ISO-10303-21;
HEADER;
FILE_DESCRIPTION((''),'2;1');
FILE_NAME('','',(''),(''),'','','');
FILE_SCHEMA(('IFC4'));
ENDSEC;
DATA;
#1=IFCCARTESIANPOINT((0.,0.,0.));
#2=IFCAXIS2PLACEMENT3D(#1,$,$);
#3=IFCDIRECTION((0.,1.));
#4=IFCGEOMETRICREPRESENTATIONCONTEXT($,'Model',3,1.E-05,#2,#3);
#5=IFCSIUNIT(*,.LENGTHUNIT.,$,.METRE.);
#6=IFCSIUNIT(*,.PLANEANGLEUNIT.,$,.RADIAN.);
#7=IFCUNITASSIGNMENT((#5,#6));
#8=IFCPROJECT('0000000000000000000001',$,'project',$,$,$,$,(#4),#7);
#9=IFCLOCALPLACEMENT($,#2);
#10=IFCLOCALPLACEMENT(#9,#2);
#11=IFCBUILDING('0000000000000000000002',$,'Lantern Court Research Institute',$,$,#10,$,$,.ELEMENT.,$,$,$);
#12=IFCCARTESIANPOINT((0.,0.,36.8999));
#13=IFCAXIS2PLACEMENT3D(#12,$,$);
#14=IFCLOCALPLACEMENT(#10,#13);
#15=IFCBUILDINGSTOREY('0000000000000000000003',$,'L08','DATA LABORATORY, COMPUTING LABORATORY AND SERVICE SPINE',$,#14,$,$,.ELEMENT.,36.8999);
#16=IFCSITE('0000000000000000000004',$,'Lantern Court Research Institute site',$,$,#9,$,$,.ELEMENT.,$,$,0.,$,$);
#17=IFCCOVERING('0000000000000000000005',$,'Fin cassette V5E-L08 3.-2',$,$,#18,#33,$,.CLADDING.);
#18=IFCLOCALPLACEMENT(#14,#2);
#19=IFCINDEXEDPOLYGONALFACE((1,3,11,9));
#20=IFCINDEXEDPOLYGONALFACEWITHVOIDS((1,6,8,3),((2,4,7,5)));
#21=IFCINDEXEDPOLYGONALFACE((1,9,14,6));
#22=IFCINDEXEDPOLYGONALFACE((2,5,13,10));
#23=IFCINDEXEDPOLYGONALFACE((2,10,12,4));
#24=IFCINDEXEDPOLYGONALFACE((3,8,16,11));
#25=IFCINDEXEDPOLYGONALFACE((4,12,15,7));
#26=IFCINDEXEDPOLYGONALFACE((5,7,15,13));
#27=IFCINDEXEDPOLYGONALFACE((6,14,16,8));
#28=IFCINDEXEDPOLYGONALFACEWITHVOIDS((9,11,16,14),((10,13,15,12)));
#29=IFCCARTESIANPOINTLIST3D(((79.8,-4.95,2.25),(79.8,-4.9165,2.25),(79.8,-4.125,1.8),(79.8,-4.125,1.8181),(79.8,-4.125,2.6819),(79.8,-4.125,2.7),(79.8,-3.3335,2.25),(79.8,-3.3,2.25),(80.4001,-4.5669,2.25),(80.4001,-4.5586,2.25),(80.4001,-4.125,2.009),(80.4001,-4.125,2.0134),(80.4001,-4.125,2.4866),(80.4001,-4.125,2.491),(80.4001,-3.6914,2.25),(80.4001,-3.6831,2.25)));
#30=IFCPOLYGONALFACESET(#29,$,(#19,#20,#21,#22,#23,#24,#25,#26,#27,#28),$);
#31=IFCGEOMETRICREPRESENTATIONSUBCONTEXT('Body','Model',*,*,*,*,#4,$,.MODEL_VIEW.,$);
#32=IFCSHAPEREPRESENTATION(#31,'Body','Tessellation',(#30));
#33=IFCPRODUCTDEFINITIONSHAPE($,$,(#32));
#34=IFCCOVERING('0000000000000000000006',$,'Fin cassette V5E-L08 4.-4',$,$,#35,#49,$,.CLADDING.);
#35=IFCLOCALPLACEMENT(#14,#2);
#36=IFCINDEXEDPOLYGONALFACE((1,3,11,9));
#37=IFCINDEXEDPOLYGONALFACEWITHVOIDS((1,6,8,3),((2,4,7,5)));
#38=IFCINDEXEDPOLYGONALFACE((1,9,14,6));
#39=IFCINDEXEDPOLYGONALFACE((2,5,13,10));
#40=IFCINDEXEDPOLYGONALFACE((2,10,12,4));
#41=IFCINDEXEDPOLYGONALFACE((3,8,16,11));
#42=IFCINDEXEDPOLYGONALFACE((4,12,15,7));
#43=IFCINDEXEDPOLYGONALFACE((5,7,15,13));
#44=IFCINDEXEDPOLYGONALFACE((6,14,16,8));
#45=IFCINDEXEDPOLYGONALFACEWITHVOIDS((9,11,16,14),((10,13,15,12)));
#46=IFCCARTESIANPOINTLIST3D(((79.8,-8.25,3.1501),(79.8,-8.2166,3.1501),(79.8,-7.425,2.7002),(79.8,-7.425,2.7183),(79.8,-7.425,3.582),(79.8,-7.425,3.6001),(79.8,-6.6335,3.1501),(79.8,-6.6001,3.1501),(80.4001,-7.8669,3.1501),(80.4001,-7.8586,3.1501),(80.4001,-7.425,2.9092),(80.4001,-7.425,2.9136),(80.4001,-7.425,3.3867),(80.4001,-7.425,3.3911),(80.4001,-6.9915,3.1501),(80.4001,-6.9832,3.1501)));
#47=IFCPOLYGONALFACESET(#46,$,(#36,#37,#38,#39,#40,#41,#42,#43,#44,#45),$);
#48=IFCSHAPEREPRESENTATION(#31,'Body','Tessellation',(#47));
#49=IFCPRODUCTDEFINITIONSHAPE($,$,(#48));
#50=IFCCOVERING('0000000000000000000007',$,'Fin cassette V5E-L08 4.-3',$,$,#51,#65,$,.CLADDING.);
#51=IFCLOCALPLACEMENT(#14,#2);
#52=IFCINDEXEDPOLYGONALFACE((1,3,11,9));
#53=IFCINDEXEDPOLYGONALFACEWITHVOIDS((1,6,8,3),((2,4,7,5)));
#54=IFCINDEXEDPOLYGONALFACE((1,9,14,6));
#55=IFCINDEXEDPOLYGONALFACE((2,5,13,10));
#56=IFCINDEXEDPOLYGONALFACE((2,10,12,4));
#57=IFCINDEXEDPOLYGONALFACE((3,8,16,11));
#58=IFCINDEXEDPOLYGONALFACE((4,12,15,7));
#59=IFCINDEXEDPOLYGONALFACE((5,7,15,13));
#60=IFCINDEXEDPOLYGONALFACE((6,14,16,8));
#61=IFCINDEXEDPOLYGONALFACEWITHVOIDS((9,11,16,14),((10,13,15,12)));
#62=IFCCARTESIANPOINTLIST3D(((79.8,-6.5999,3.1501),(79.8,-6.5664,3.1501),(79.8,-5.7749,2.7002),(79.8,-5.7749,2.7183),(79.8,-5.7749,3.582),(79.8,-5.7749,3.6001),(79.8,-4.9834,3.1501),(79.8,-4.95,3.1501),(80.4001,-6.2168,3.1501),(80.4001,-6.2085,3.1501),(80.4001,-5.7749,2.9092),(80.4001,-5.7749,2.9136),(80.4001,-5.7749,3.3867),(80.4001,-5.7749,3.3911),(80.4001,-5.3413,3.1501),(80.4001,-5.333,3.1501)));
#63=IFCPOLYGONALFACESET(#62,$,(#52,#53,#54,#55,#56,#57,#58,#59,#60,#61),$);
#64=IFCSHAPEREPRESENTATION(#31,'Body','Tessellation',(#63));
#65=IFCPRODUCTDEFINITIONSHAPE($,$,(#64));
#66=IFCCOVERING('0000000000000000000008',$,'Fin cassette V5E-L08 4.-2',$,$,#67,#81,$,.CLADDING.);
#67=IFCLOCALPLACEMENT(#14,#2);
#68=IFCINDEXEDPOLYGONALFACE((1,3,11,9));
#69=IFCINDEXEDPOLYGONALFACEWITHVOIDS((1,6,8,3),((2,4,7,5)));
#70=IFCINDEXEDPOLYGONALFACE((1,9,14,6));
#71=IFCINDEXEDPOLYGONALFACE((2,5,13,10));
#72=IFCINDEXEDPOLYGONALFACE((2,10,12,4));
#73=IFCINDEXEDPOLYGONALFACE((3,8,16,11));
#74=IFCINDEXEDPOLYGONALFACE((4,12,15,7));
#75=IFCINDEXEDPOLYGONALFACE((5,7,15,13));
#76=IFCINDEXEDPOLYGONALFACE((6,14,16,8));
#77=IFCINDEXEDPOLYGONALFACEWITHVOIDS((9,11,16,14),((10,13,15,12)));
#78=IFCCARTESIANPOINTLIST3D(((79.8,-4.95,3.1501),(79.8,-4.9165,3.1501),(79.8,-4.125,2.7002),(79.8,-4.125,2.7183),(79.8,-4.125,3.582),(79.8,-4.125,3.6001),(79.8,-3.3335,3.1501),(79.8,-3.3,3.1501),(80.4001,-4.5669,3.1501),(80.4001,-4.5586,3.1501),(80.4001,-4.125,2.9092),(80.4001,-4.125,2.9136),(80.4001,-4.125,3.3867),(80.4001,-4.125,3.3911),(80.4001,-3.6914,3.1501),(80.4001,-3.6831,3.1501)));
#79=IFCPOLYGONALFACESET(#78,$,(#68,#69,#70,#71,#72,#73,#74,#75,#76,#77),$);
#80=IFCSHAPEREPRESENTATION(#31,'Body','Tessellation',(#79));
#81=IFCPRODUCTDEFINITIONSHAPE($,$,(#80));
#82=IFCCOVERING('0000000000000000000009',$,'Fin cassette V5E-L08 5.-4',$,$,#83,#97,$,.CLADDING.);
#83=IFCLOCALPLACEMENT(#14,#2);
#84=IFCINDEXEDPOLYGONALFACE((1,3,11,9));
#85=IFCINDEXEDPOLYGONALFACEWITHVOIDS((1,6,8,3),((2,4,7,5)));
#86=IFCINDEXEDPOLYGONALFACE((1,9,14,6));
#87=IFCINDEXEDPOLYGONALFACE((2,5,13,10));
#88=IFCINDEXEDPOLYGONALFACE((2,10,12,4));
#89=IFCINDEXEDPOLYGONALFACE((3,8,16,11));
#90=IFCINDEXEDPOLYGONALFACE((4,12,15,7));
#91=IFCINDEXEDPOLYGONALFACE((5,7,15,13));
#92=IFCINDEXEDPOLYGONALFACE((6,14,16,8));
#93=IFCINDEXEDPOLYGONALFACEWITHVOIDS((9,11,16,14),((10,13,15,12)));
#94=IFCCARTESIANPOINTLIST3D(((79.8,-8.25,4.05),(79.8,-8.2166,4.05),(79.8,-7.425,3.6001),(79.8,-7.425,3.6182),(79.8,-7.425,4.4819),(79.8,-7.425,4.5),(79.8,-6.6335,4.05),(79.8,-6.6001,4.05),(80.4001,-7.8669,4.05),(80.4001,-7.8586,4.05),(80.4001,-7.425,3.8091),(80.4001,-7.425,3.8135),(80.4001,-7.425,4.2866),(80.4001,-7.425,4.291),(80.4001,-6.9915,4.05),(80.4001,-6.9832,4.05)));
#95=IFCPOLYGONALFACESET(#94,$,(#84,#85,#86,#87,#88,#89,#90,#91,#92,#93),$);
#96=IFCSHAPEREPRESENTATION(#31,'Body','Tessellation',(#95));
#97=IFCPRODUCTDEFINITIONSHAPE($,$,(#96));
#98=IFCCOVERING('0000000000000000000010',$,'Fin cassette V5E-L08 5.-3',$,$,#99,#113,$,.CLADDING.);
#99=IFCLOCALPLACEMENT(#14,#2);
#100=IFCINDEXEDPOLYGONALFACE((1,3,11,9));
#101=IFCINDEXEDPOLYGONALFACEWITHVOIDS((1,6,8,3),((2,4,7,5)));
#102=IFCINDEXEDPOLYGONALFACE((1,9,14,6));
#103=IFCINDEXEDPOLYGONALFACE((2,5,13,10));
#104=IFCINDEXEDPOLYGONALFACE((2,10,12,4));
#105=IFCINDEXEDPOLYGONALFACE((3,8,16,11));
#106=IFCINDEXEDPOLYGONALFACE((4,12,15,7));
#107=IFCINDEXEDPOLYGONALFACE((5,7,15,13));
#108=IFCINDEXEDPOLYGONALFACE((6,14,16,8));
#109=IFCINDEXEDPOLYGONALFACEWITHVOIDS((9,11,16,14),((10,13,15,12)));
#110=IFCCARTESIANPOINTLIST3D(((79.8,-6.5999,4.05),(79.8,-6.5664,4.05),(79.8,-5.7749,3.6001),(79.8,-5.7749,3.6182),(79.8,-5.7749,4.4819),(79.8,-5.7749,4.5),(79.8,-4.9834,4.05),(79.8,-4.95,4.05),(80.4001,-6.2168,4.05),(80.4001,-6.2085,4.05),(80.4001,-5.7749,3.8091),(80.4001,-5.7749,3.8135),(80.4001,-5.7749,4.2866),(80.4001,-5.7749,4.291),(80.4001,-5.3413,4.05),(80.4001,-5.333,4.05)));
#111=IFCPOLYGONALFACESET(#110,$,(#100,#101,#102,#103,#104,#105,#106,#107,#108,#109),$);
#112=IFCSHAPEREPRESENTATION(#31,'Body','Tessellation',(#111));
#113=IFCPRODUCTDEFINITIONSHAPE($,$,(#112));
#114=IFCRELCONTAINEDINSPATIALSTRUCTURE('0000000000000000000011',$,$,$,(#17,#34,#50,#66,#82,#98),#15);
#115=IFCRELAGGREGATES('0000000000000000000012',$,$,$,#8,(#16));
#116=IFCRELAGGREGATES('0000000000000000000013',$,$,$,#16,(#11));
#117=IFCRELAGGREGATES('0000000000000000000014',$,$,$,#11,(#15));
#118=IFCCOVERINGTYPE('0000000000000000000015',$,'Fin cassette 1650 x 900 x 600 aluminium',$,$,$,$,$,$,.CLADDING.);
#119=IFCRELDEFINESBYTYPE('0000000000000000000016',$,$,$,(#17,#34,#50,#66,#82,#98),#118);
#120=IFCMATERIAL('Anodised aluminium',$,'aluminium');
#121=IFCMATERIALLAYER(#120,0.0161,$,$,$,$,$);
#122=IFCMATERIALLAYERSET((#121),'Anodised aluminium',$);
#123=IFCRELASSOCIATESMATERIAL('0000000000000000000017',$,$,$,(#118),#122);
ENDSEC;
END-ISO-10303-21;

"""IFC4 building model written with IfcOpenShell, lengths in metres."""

from ifc_helpers import new_model, entity, si_unit, direction, frame, origin, place, context, subcontext, project, spatial, material, layer, layer_set, type_object, element, save


model = new_model("IFC4")

# Units and contexts
model_context = context("Model", 3, precision=1e-05, world=origin(), true_north=direction((0.0, 1.0)))
body_context = subcontext(model_context, "Body", "Model", "MODEL_VIEW")
ifc_project = project(units=[si_unit("LENGTHUNIT", "METRE"), si_unit("PLANEANGLEUNIT", "RADIAN")], contexts=[model_context])

# Site, building, storey
site_placement = place(None, origin())
site = spatial("IfcSite", under=ifc_project, at=site_placement, Name="Lantern Court Research Institute site", CompositionType="ELEMENT", RefElevation=0.0)
building_placement = place(site_placement, origin())
building = spatial("IfcBuilding", under=site, at=building_placement, Name="Lantern Court Research Institute", CompositionType="ELEMENT")
storey_placement = place(building_placement, frame((0.0, 0.0, 36.8999)))
storey = spatial("IfcBuildingStorey", under=building, at=storey_placement, Name="L08", Description="DATA LABORATORY, COMPUTING LABORATORY AND SERVICE SPINE", CompositionType="ELEMENT", Elevation=36.8999)

# Coverings
ifc_material_1 = material(Name="Anodised aluminium", Category="aluminium")
ifc_layer_1 = layer(ifc_material_1, 0.0161)
ifc_layer_set_1 = layer_set([ifc_layer_1], Name="Anodised aluminium")
covering_type = type_object("IfcCoveringType", Name="Fin cassette 1650 x 900 x 600 aluminium", PredefinedType="CLADDING", material=ifc_layer_set_1)
covering_1_placement = place(storey_placement, frame((79.8, -4.125, 2.25), z_axis=(1.0, 0.0, 0.0), x_axis=(0.0, 1.0, 0.0)))
cartesian_point_1 = entity("IfcCartesianPoint", [0.825, 0.0])
cartesian_point_2 = entity("IfcCartesianPoint", [0.7915, 0.0])
cartesian_point_3 = entity("IfcCartesianPoint", [0.4419, 0.0])
cartesian_point_4 = entity("IfcCartesianPoint", [0.4336, 0.0])
element("IfcCovering", 1, at=covering_1_placement, inside=storey, type_object=covering_type, Name="Fin cassette V5E-L08 3.-2", PredefinedType="CLADDING", context=body_context, shape_type="SweptSolid", body=[
    entity("IfcExtrudedAreaSolidTapered", entity("IfcArbitraryProfileDefWithVoids", "AREA", None, entity("IfcPolyline", [cartesian_point_1, entity("IfcCartesianPoint", [0.0, 0.45]), entity("IfcCartesianPoint", [-0.825, 0.0]), entity("IfcCartesianPoint", [0.0, -0.45]), cartesian_point_1]), [entity("IfcPolyline", [cartesian_point_2, entity("IfcCartesianPoint", [0.0, 0.4319]), entity("IfcCartesianPoint", [-0.7915, 0.0]), entity("IfcCartesianPoint", [0.0, -0.4319]), cartesian_point_2])]), entity("IfcAxis2Placement3D", entity("IfcCartesianPoint", [0.0, 0.0, 0.0])), entity("IfcDirection", [0.0, 0.0, 1.0]), 0.6001, entity("IfcArbitraryProfileDefWithVoids", "AREA", None, entity("IfcPolyline", [cartesian_point_3, entity("IfcCartesianPoint", [0.0, 0.241]), entity("IfcCartesianPoint", [-0.4419, 0.0]), entity("IfcCartesianPoint", [0.0, -0.241]), cartesian_point_3]), [entity("IfcPolyline", [cartesian_point_4, entity("IfcCartesianPoint", [0.0, 0.2366]), entity("IfcCartesianPoint", [-0.4336, 0.0]), entity("IfcCartesianPoint", [0.0, -0.2366]), cartesian_point_4])])),
])
covering_2_placement = place(storey_placement, frame((79.8, -7.425, 3.1501), z_axis=(1.0, 0.0, 0.0), x_axis=(0.0, 1.0, 0.0)))
cartesian_point_5 = entity("IfcCartesianPoint", [0.825, 0.0])
cartesian_point_6 = entity("IfcCartesianPoint", [0.7915, 0.0])
cartesian_point_7 = entity("IfcCartesianPoint", [0.4419, 0.0])
cartesian_point_8 = entity("IfcCartesianPoint", [0.4336, 0.0])
element("IfcCovering", 2, at=covering_2_placement, inside=storey, type_object=covering_type, Name="Fin cassette V5E-L08 4.-4", PredefinedType="CLADDING", context=body_context, shape_type="SweptSolid", body=[
    entity("IfcExtrudedAreaSolidTapered", entity("IfcArbitraryProfileDefWithVoids", "AREA", None, entity("IfcPolyline", [cartesian_point_5, entity("IfcCartesianPoint", [0.0, 0.45]), entity("IfcCartesianPoint", [-0.825, 0.0]), entity("IfcCartesianPoint", [0.0, -0.45]), cartesian_point_5]), [entity("IfcPolyline", [cartesian_point_6, entity("IfcCartesianPoint", [0.0, 0.4319]), entity("IfcCartesianPoint", [-0.7915, 0.0]), entity("IfcCartesianPoint", [0.0, -0.4319]), cartesian_point_6])]), entity("IfcAxis2Placement3D", entity("IfcCartesianPoint", [0.0, 0.0, 0.0])), entity("IfcDirection", [0.0, 0.0, 1.0]), 0.6001, entity("IfcArbitraryProfileDefWithVoids", "AREA", None, entity("IfcPolyline", [cartesian_point_7, entity("IfcCartesianPoint", [0.0, 0.241]), entity("IfcCartesianPoint", [-0.4419, 0.0]), entity("IfcCartesianPoint", [0.0, -0.241]), cartesian_point_7]), [entity("IfcPolyline", [cartesian_point_8, entity("IfcCartesianPoint", [0.0, 0.2366]), entity("IfcCartesianPoint", [-0.4336, 0.0]), entity("IfcCartesianPoint", [0.0, -0.2366]), cartesian_point_8])])),
])
covering_3_placement = place(storey_placement, frame((79.8, -5.7749, 3.1501), z_axis=(1.0, 0.0, 0.0), x_axis=(0.0, 1.0, 0.0)))
cartesian_point_9 = entity("IfcCartesianPoint", [0.825, 0.0])
cartesian_point_10 = entity("IfcCartesianPoint", [0.7915, 0.0])
cartesian_point_11 = entity("IfcCartesianPoint", [0.4419, 0.0])
cartesian_point_12 = entity("IfcCartesianPoint", [0.4336, 0.0])
element("IfcCovering", 3, at=covering_3_placement, inside=storey, type_object=covering_type, Name="Fin cassette V5E-L08 4.-3", PredefinedType="CLADDING", context=body_context, shape_type="SweptSolid", body=[
    entity("IfcExtrudedAreaSolidTapered", entity("IfcArbitraryProfileDefWithVoids", "AREA", None, entity("IfcPolyline", [cartesian_point_9, entity("IfcCartesianPoint", [0.0, 0.45]), entity("IfcCartesianPoint", [-0.825, 0.0]), entity("IfcCartesianPoint", [0.0, -0.45]), cartesian_point_9]), [entity("IfcPolyline", [cartesian_point_10, entity("IfcCartesianPoint", [0.0, 0.4319]), entity("IfcCartesianPoint", [-0.7915, 0.0]), entity("IfcCartesianPoint", [0.0, -0.4319]), cartesian_point_10])]), entity("IfcAxis2Placement3D", entity("IfcCartesianPoint", [0.0, 0.0, 0.0])), entity("IfcDirection", [0.0, 0.0, 1.0]), 0.6001, entity("IfcArbitraryProfileDefWithVoids", "AREA", None, entity("IfcPolyline", [cartesian_point_11, entity("IfcCartesianPoint", [0.0, 0.241]), entity("IfcCartesianPoint", [-0.4419, 0.0]), entity("IfcCartesianPoint", [0.0, -0.241]), cartesian_point_11]), [entity("IfcPolyline", [cartesian_point_12, entity("IfcCartesianPoint", [0.0, 0.2366]), entity("IfcCartesianPoint", [-0.4336, 0.0]), entity("IfcCartesianPoint", [0.0, -0.2366]), cartesian_point_12])])),
])
covering_4_placement = place(storey_placement, frame((79.8, -4.125, 3.1501), z_axis=(1.0, 0.0, 0.0), x_axis=(0.0, 1.0, 0.0)))
cartesian_point_13 = entity("IfcCartesianPoint", [0.825, 0.0])
cartesian_point_14 = entity("IfcCartesianPoint", [0.7915, 0.0])
cartesian_point_15 = entity("IfcCartesianPoint", [0.4419, 0.0])
cartesian_point_16 = entity("IfcCartesianPoint", [0.4336, 0.0])
element("IfcCovering", 4, at=covering_4_placement, inside=storey, type_object=covering_type, Name="Fin cassette V5E-L08 4.-2", PredefinedType="CLADDING", context=body_context, shape_type="SweptSolid", body=[
    entity("IfcExtrudedAreaSolidTapered", entity("IfcArbitraryProfileDefWithVoids", "AREA", None, entity("IfcPolyline", [cartesian_point_13, entity("IfcCartesianPoint", [0.0, 0.45]), entity("IfcCartesianPoint", [-0.825, 0.0]), entity("IfcCartesianPoint", [0.0, -0.45]), cartesian_point_13]), [entity("IfcPolyline", [cartesian_point_14, entity("IfcCartesianPoint", [0.0, 0.4319]), entity("IfcCartesianPoint", [-0.7915, 0.0]), entity("IfcCartesianPoint", [0.0, -0.4319]), cartesian_point_14])]), entity("IfcAxis2Placement3D", entity("IfcCartesianPoint", [0.0, 0.0, 0.0])), entity("IfcDirection", [0.0, 0.0, 1.0]), 0.6001, entity("IfcArbitraryProfileDefWithVoids", "AREA", None, entity("IfcPolyline", [cartesian_point_15, entity("IfcCartesianPoint", [0.0, 0.241]), entity("IfcCartesianPoint", [-0.4419, 0.0]), entity("IfcCartesianPoint", [0.0, -0.241]), cartesian_point_15]), [entity("IfcPolyline", [cartesian_point_16, entity("IfcCartesianPoint", [0.0, 0.2366]), entity("IfcCartesianPoint", [-0.4336, 0.0]), entity("IfcCartesianPoint", [0.0, -0.2366]), cartesian_point_16])])),
])
covering_5_placement = place(storey_placement, frame((79.8, -7.425, 4.05), z_axis=(1.0, 0.0, 0.0), x_axis=(0.0, 1.0, 0.0)))
cartesian_point_17 = entity("IfcCartesianPoint", [0.825, 0.0])
cartesian_point_18 = entity("IfcCartesianPoint", [0.7915, 0.0])
cartesian_point_19 = entity("IfcCartesianPoint", [0.4419, 0.0])
cartesian_point_20 = entity("IfcCartesianPoint", [0.4336, 0.0])
element("IfcCovering", 5, at=covering_5_placement, inside=storey, type_object=covering_type, Name="Fin cassette V5E-L08 5.-4", PredefinedType="CLADDING", context=body_context, shape_type="SweptSolid", body=[
    entity("IfcExtrudedAreaSolidTapered", entity("IfcArbitraryProfileDefWithVoids", "AREA", None, entity("IfcPolyline", [cartesian_point_17, entity("IfcCartesianPoint", [0.0, 0.45]), entity("IfcCartesianPoint", [-0.825, 0.0]), entity("IfcCartesianPoint", [0.0, -0.45]), cartesian_point_17]), [entity("IfcPolyline", [cartesian_point_18, entity("IfcCartesianPoint", [0.0, 0.4319]), entity("IfcCartesianPoint", [-0.7915, 0.0]), entity("IfcCartesianPoint", [0.0, -0.4319]), cartesian_point_18])]), entity("IfcAxis2Placement3D", entity("IfcCartesianPoint", [0.0, 0.0, 0.0])), entity("IfcDirection", [0.0, 0.0, 1.0]), 0.6001, entity("IfcArbitraryProfileDefWithVoids", "AREA", None, entity("IfcPolyline", [cartesian_point_19, entity("IfcCartesianPoint", [0.0, 0.241]), entity("IfcCartesianPoint", [-0.4419, 0.0]), entity("IfcCartesianPoint", [0.0, -0.241]), cartesian_point_19]), [entity("IfcPolyline", [cartesian_point_20, entity("IfcCartesianPoint", [0.0, 0.2366]), entity("IfcCartesianPoint", [-0.4336, 0.0]), entity("IfcCartesianPoint", [0.0, -0.2366]), cartesian_point_20])])),
])
covering_6_placement = place(storey_placement, frame((79.8, -5.7749, 4.05), z_axis=(1.0, 0.0, 0.0), x_axis=(0.0, 1.0, 0.0)))
cartesian_point_21 = entity("IfcCartesianPoint", [0.825, 0.0])
cartesian_point_22 = entity("IfcCartesianPoint", [0.7915, 0.0])
cartesian_point_23 = entity("IfcCartesianPoint", [0.4419, 0.0])
cartesian_point_24 = entity("IfcCartesianPoint", [0.4336, 0.0])
element("IfcCovering", 6, at=covering_6_placement, inside=storey, type_object=covering_type, Name="Fin cassette V5E-L08 5.-3", PredefinedType="CLADDING", context=body_context, shape_type="SweptSolid", body=[
    entity("IfcExtrudedAreaSolidTapered", entity("IfcArbitraryProfileDefWithVoids", "AREA", None, entity("IfcPolyline", [cartesian_point_21, entity("IfcCartesianPoint", [0.0, 0.45]), entity("IfcCartesianPoint", [-0.825, 0.0]), entity("IfcCartesianPoint", [0.0, -0.45]), cartesian_point_21]), [entity("IfcPolyline", [cartesian_point_22, entity("IfcCartesianPoint", [0.0, 0.4319]), entity("IfcCartesianPoint", [-0.7915, 0.0]), entity("IfcCartesianPoint", [0.0, -0.4319]), cartesian_point_22])]), entity("IfcAxis2Placement3D", entity("IfcCartesianPoint", [0.0, 0.0, 0.0])), entity("IfcDirection", [0.0, 0.0, 1.0]), 0.6001, entity("IfcArbitraryProfileDefWithVoids", "AREA", None, entity("IfcPolyline", [cartesian_point_23, entity("IfcCartesianPoint", [0.0, 0.241]), entity("IfcCartesianPoint", [-0.4419, 0.0]), entity("IfcCartesianPoint", [0.0, -0.241]), cartesian_point_23]), [entity("IfcPolyline", [cartesian_point_24, entity("IfcCartesianPoint", [0.0, 0.2366]), entity("IfcCartesianPoint", [-0.4336, 0.0]), entity("IfcCartesianPoint", [0.0, -0.2366]), cartesian_point_24])])),
])

save(model, "model.ifc")
